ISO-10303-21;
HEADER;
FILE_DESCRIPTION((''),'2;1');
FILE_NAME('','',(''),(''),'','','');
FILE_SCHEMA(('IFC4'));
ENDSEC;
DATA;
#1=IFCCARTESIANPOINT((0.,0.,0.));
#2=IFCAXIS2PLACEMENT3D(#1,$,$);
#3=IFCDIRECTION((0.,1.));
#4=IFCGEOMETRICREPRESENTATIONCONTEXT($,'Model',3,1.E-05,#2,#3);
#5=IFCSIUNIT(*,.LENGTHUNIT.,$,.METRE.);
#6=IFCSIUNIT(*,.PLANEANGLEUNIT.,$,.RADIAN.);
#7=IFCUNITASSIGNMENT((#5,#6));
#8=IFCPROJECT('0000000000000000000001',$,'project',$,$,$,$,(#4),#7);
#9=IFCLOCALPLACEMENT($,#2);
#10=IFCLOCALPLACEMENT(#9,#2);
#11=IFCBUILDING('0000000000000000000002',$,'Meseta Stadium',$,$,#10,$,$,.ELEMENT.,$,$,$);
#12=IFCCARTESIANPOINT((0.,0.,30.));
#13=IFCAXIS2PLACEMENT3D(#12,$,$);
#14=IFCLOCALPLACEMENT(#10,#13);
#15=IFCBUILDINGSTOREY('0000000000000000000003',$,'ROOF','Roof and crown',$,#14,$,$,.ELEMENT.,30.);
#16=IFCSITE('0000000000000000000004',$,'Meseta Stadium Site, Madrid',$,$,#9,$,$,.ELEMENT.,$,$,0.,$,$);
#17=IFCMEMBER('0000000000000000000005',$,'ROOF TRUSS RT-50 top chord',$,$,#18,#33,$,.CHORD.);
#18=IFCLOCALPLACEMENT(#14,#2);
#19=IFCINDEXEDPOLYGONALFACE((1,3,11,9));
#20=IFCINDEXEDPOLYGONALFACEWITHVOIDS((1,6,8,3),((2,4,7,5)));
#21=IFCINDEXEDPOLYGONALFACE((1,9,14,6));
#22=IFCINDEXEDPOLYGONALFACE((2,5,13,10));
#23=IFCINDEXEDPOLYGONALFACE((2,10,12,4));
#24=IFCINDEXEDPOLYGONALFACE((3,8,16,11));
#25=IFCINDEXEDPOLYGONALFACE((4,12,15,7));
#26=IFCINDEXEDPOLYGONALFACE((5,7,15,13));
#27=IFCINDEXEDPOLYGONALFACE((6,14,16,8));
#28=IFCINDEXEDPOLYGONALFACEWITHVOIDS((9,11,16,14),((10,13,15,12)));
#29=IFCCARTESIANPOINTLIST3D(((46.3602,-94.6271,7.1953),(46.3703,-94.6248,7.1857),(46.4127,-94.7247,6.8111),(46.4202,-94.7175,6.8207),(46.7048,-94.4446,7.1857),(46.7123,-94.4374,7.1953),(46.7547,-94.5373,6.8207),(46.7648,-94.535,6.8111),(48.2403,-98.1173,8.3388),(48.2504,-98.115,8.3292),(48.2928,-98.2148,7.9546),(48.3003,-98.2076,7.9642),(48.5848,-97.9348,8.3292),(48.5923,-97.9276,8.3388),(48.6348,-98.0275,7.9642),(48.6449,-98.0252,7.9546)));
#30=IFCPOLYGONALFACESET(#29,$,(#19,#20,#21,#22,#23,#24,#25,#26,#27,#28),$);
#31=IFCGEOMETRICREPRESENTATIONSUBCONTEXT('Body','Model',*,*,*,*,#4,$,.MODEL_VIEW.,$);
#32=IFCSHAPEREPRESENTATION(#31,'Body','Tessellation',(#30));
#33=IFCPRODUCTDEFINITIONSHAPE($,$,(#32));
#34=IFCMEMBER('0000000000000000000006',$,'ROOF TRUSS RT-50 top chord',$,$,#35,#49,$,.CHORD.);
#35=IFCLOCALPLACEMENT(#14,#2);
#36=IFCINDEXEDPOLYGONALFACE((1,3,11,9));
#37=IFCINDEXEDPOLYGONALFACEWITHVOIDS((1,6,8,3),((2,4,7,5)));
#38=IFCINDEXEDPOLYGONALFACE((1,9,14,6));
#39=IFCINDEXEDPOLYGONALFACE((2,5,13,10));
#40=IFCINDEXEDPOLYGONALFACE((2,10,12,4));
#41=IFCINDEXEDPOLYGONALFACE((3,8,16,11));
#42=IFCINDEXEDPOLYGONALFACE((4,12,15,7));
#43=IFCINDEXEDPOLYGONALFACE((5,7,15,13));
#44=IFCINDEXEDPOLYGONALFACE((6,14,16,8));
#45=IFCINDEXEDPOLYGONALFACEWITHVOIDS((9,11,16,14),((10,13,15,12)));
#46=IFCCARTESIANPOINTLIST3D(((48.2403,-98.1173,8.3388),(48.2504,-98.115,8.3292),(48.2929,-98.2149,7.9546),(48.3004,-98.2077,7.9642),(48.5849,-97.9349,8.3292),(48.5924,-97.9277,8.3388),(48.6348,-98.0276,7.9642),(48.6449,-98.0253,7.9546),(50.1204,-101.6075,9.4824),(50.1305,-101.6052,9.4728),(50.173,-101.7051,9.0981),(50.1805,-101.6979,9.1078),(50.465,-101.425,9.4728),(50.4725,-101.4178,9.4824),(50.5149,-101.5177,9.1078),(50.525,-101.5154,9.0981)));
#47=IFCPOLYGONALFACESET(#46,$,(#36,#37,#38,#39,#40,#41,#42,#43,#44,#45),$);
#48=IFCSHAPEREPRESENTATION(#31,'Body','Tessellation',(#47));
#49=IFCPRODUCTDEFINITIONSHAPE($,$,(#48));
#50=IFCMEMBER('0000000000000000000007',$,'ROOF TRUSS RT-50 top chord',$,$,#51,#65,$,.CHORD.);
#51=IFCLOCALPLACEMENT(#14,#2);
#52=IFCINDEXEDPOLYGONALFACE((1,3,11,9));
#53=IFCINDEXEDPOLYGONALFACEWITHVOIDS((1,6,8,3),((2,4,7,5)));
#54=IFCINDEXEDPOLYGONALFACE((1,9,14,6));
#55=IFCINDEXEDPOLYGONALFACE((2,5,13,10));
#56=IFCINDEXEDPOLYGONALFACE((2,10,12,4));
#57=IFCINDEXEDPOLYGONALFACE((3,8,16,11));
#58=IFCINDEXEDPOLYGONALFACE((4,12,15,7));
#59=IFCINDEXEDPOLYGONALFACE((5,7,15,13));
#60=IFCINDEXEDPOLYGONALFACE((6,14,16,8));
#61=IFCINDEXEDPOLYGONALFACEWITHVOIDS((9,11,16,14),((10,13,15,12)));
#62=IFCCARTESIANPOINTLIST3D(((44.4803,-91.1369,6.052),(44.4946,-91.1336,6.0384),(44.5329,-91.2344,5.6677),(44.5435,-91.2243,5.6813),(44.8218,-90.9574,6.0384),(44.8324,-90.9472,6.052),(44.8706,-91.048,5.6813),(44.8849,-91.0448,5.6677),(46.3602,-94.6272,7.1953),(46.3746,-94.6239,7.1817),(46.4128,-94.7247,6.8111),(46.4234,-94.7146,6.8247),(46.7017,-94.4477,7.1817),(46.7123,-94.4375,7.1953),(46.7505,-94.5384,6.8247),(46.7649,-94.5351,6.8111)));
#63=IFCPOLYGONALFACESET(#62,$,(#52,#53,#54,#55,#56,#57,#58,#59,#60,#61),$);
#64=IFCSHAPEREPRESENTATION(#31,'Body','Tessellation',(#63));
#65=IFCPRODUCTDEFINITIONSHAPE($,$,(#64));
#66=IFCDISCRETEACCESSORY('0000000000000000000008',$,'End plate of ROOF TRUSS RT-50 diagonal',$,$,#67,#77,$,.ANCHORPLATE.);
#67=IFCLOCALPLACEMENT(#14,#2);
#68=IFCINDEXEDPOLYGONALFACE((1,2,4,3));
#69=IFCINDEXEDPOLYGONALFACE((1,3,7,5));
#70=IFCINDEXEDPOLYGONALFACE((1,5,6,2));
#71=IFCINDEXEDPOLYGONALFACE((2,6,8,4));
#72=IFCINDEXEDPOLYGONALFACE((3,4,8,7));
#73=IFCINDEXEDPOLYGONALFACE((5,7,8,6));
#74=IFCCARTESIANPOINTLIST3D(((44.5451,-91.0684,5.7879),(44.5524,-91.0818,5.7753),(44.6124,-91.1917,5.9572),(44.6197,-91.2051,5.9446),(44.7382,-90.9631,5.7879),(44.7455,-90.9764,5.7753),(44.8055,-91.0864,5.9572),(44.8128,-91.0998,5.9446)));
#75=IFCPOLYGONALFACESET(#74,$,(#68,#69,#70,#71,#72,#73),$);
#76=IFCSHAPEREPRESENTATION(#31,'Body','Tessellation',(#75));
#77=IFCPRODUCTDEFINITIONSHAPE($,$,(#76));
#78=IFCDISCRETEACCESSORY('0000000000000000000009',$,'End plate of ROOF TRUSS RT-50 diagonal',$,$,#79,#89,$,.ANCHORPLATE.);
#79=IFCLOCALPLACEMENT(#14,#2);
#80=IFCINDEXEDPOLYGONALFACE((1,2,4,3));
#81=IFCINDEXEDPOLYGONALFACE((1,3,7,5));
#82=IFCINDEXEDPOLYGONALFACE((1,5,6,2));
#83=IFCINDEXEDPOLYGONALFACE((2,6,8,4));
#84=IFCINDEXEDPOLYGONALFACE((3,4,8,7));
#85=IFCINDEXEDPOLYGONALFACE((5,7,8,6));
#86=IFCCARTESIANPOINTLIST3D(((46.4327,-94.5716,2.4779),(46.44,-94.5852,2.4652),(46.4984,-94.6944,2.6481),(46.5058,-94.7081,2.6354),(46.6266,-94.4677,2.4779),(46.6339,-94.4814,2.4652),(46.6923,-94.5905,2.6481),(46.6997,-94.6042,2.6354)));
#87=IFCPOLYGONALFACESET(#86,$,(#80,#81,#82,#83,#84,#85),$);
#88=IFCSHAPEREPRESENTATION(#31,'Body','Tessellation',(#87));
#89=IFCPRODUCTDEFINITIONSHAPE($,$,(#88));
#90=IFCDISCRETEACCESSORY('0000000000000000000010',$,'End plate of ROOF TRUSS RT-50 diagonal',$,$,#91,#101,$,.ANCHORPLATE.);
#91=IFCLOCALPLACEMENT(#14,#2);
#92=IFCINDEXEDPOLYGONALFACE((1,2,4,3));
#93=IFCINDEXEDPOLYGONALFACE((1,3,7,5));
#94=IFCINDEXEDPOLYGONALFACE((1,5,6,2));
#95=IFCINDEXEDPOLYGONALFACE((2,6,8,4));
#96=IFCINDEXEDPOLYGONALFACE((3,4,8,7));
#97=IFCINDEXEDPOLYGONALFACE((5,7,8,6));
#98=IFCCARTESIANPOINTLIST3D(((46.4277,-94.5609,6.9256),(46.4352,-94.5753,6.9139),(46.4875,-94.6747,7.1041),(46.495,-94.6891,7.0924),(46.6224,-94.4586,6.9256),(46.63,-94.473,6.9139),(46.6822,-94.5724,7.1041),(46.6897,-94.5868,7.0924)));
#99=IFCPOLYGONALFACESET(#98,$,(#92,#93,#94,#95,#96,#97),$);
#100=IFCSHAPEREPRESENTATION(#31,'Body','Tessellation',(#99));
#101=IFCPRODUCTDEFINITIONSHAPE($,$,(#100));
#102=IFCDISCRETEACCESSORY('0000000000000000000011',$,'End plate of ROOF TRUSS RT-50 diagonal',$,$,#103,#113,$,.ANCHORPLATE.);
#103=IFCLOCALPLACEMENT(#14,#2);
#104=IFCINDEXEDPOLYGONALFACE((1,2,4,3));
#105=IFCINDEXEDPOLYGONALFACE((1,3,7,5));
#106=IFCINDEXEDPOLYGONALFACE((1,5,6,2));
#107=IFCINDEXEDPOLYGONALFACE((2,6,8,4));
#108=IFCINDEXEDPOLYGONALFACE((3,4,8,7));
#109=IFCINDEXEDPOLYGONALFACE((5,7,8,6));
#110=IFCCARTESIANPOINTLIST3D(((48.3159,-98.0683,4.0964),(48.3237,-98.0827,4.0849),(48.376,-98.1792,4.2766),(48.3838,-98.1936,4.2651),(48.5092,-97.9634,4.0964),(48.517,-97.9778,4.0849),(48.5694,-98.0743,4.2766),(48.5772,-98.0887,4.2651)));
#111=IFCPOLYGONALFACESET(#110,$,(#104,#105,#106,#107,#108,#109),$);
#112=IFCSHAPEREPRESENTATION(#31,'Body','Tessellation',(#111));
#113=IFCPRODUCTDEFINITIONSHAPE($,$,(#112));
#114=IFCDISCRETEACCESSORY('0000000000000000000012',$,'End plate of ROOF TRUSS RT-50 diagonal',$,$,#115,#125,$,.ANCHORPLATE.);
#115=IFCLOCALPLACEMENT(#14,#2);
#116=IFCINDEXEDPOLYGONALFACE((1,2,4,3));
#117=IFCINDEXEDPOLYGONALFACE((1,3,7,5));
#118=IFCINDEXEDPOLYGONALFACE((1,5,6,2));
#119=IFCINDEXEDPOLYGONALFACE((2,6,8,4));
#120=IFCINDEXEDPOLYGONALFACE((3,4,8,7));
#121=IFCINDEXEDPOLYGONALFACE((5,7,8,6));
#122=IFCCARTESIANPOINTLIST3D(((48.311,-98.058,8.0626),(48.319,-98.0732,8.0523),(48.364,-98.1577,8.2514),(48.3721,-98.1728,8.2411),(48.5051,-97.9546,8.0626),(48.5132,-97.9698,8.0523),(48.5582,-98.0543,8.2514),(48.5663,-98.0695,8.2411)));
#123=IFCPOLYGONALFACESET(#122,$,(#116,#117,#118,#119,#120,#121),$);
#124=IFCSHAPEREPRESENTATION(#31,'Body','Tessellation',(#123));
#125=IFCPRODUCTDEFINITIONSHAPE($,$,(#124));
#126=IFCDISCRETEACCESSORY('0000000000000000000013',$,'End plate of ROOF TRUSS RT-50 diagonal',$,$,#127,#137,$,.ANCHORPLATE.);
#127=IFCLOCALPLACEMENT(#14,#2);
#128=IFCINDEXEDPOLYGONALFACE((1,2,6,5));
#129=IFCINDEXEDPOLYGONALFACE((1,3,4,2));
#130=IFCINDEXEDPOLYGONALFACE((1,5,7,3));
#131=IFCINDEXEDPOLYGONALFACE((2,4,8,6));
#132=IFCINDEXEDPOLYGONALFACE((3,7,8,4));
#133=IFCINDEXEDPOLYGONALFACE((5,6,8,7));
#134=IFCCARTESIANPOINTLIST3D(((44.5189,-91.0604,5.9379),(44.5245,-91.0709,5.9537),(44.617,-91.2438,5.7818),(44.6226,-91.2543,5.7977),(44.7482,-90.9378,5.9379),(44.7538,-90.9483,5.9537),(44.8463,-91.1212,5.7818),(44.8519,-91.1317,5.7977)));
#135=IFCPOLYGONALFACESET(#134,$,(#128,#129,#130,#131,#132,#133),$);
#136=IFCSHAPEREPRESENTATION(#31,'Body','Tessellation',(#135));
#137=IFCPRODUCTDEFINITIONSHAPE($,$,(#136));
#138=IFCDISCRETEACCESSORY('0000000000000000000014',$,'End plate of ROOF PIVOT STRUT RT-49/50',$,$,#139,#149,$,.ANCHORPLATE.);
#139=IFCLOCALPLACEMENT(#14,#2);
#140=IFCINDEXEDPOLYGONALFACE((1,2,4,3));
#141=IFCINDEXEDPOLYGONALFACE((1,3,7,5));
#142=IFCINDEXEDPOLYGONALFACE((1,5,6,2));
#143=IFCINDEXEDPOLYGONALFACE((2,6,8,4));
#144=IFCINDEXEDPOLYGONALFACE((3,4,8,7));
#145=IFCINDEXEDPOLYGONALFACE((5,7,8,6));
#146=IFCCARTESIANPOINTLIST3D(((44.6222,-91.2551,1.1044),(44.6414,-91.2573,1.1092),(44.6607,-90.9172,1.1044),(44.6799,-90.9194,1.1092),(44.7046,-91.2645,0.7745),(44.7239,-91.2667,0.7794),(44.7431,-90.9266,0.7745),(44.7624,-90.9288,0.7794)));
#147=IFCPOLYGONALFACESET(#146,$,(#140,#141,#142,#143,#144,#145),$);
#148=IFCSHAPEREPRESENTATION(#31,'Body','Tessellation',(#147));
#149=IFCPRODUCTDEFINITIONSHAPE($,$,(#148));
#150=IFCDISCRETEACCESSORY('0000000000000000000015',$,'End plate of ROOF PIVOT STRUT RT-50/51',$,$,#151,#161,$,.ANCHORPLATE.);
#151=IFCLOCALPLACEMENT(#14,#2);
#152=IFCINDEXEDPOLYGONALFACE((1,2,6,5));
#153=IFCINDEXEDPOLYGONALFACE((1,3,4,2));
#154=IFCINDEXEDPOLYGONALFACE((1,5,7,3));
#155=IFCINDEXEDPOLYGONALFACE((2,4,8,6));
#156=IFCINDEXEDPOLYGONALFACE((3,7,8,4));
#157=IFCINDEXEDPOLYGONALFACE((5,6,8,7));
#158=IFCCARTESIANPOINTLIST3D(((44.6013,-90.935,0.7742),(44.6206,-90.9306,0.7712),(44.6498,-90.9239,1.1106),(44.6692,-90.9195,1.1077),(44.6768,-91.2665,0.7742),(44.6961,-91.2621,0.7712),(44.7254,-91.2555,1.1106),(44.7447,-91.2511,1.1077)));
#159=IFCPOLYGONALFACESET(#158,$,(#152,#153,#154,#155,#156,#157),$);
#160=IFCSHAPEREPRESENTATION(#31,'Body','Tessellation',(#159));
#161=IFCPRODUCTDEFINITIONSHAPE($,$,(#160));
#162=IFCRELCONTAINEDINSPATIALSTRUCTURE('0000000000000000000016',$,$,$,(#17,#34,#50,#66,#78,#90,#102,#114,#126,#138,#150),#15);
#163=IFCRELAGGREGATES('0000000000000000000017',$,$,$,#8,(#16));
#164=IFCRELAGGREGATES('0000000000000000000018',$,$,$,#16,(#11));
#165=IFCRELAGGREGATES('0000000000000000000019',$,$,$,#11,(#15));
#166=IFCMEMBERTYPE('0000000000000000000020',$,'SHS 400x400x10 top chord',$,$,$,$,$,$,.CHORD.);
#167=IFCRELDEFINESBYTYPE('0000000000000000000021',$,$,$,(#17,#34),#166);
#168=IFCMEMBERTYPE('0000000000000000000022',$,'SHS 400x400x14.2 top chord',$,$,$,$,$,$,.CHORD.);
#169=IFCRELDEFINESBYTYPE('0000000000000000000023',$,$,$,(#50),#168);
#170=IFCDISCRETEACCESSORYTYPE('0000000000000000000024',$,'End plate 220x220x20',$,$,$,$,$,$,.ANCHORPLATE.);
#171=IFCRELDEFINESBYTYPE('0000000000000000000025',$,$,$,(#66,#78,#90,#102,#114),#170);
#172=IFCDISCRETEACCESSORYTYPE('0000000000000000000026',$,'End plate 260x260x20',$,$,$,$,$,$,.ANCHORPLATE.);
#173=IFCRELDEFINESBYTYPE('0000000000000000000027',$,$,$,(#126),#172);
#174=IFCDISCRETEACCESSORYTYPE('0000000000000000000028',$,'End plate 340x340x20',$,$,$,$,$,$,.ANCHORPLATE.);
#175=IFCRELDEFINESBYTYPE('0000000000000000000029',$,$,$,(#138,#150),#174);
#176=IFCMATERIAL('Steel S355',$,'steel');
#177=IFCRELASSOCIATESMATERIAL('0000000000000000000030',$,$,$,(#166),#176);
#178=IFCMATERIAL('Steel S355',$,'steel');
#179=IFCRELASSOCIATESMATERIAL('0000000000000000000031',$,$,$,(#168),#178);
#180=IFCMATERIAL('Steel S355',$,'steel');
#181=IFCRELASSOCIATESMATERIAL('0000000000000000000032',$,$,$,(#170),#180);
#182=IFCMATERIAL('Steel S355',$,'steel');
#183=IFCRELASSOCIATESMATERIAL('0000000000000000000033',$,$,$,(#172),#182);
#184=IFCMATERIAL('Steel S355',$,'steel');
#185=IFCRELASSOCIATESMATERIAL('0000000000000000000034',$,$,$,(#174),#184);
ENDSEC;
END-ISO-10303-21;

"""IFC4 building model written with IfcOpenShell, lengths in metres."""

from ifc_helpers import new_model, si_unit, direction, frame, origin, origin_2d, place, context, subcontext, project, spatial, rectangle, hollow_rectangle, extrude, material, material_profile, profile_set, type_object, element, save


model = new_model("IFC4")

# Units and contexts
model_context = context("Model", 3, precision=1e-05, world=origin(), true_north=direction((0.0, 1.0)))
body_context = subcontext(model_context, "Body", "Model", "MODEL_VIEW")
ifc_project = project(units=[si_unit("LENGTHUNIT", "METRE"), si_unit("PLANEANGLEUNIT", "RADIAN")], contexts=[model_context])

# Site, building, storey
site_placement = place(None, origin())
site = spatial("IfcSite", under=ifc_project, at=site_placement, Name="Meseta Stadium Site, Madrid", CompositionType="ELEMENT", RefElevation=0.0)
building_placement = place(site_placement, origin())
building = spatial("IfcBuilding", under=site, at=building_placement, Name="Meseta Stadium", CompositionType="ELEMENT")
storey_placement = place(building_placement, frame((0.0, 0.0, 30.0)))
storey = spatial("IfcBuildingStorey", under=building, at=storey_placement, Name="ROOF", Description="Roof and crown", CompositionType="ELEMENT", Elevation=30.0)

# Members
ifc_material_1 = material(Name="Steel S355", Category="steel")
ifc_material_profile_1 = material_profile(ifc_material_1, hollow_rectangle(XDim=0.3999, YDim=0.3999, WallThickness=0.01, at=origin_2d()), Name="SHS 400x400x10")
ifc_profile_set_1 = profile_set([ifc_material_profile_1], Name="Steel S355")
member_type_1 = type_object("IfcMemberType", Name="SHS 400x400x10 top chord", PredefinedType="CHORD", material=ifc_profile_set_1)
for number, where, z_axis, x_axis, name in (
    (1, (46.5625, -94.5811, 7.0032), (0.455672, -0.845901, 0.277154), (0.88039, 0.47425, 0.0), "ROOF TRUSS RT-50 top chord"),
    (2, (48.4426, -98.0713, 8.1467), (0.455672, -0.845901, 0.277154), (0.88039, 0.47425, 0.0), "ROOF TRUSS RT-50 top chord"),
):
    element("IfcMember", number, at=place(storey_placement, frame(where, z_axis=z_axis, x_axis=x_axis)), inside=storey, type_object=member_type_1, Name=name, PredefinedType="CHORD", context=body_context, shape_type="SweptSolid", body=[
        extrude(hollow_rectangle(XDim=0.3999, YDim=0.3999, WallThickness=0.01, at=origin_2d()), origin(), (0.0, 0.0, 1.0), 4.126),
    ])
ifc_material_2 = material(Name="Steel S355", Category="steel")
ifc_material_profile_2 = material_profile(ifc_material_2, hollow_rectangle(XDim=0.3999, YDim=0.3999, WallThickness=0.0142, at=origin_2d()), Name="SHS 400x400x14.2")
ifc_profile_set_2 = profile_set([ifc_material_profile_2], Name="Steel S355")
member_type_2 = type_object("IfcMemberType", Name="SHS 400x400x14.2 top chord", PredefinedType="CHORD", material=ifc_profile_set_2)
member_1_placement = place(storey_placement, frame((44.6826, -91.0908, 5.8599), z_axis=(0.455632, -0.845938, 0.277107), x_axis=(0.880416, 0.474203, 0.0)))
element("IfcMember", 3, at=member_1_placement, inside=storey, type_object=member_type_2, Name="ROOF TRUSS RT-50 top chord", PredefinedType="CHORD", context=body_context, shape_type="SweptSolid", body=[
    extrude(hollow_rectangle(XDim=0.3999, YDim=0.3999, WallThickness=0.0142, at=origin_2d()), origin(), (0.0, 0.0, 1.0), 4.126),
])

# Discrete accessories
ifc_material_3 = material(Name="Steel S355", Category="steel")
ifc_material_profile_3 = material_profile(ifc_material_3, rectangle(XDim=0.22, YDim=0.22, at=origin_2d()), Name="PL 220x220")
ifc_profile_set_3 = profile_set([ifc_material_profile_3], Name="Steel S355")
discrete_accessory_type_1 = type_object("IfcDiscreteAccessoryType", Name="End plate 220x220x20", PredefinedType="ANCHORPLATE", material=ifc_profile_set_3)
discrete_accessory_1_placement = place(storey_placement, frame((44.6753, -91.0774, 5.8726), z_axis=(0.368466, -0.675521, -0.638674), x_axis=(0.877896, 0.478852, 0.0)))
element("IfcDiscreteAccessory", 4, at=discrete_accessory_1_placement, inside=storey, type_object=discrete_accessory_type_1, Name="End plate of ROOF TRUSS RT-50 diagonal", PredefinedType="ANCHORPLATE", context=body_context, shape_type="SweptSolid", body=[
    extrude(rectangle(XDim=0.22, YDim=0.22, at=origin_2d()), origin(), (0.0, 0.0, 1.0), 0.0198),
])
for number, where, z_axis, x_axis, name in (
    (5, (46.5625, -94.5811, 2.563), (0.365419, -0.682116, -0.633393), (0.88148, 0.472221, 0.0), "End plate of ROOF TRUSS RT-50 diagonal"),
    (6, (46.5549, -94.5667, 7.0149), (0.377432, -0.718338, -0.584411), (0.885243, 0.465128, 0.0), "End plate of ROOF TRUSS RT-50 diagonal"),
    (7, (48.4426, -98.0713, 4.1865), (0.390534, -0.720048, -0.573597), (0.879032, 0.476763, 0.0), "End plate of ROOF TRUSS RT-50 diagonal"),
    (8, (48.4346, -98.0562, 8.157), (0.403249, -0.75762, -0.513227), (0.882747, 0.469849, 0.0), "End plate of ROOF TRUSS RT-50 diagonal"),
):
    element("IfcDiscreteAccessory", number, at=place(storey_placement, frame(where, z_axis=z_axis, x_axis=x_axis)), inside=storey, type_object=discrete_accessory_type_1, Name=name, PredefinedType="ANCHORPLATE", context=body_context, shape_type="SweptSolid", body=[
        extrude(rectangle(XDim=0.22, YDim=0.22, at=origin_2d()), origin(), (0.0, 0.0, 1.0), 0.02),
    ])
ifc_material_4 = material(Name="Steel S355", Category="steel")
ifc_material_profile_4 = material_profile(ifc_material_4, rectangle(XDim=0.26, YDim=0.26, at=origin_2d()), Name="PL 260x260")
ifc_profile_set_4 = profile_set([ifc_material_profile_4], Name="Steel S355")
discrete_accessory_type_2 = type_object("IfcDiscreteAccessoryType", Name="End plate 260x260x20", PredefinedType="ANCHORPLATE", material=ifc_profile_set_4)
discrete_accessory_2_placement = place(storey_placement, frame((44.6826, -91.0908, 5.8599), z_axis=(0.283046, -0.529173, 0.799913), x_axis=(0.881785, 0.471652, 0.0)))
element("IfcDiscreteAccessory", 9, at=discrete_accessory_2_placement, inside=storey, type_object=discrete_accessory_type_2, Name="End plate of ROOF TRUSS RT-50 diagonal", PredefinedType="ANCHORPLATE", context=body_context, shape_type="SweptSolid", body=[
    extrude(rectangle(XDim=0.26, YDim=0.26, at=origin_2d()), origin(), (0.0, 0.0, 1.0), 0.0198),
])
ifc_material_5 = material(Name="Steel S355", Category="steel")
ifc_material_profile_5 = material_profile(ifc_material_5, rectangle(XDim=0.3401, YDim=0.3401, at=origin_2d()), Name="PL 340x340")
ifc_profile_set_5 = profile_set([ifc_material_profile_5], Name="Steel S355")
discrete_accessory_type_3 = type_object("IfcDiscreteAccessoryType", Name="End plate 340x340x20", PredefinedType="ANCHORPLATE", material=ifc_profile_set_5)
for number, where, z_axis, x_axis, name in (
    (10, (44.6826, -91.0908, 0.9395), (0.963558, -0.109772, 0.243939), (0.113192, 0.993573, 0.0), "End plate of ROOF PIVOT STRUT RT-49/50"),
    (11, (44.6633, -91.0952, 0.9424), (0.964491, 0.219757, -0.146505), (-0.222155, 0.975011, 0.0), "End plate of ROOF PIVOT STRUT RT-50/51"),
):
    element("IfcDiscreteAccessory", number, at=place(storey_placement, frame(where, z_axis=z_axis, x_axis=x_axis)), inside=storey, type_object=discrete_accessory_type_3, Name=name, PredefinedType="ANCHORPLATE", context=body_context, shape_type="SweptSolid", body=[
        extrude(rectangle(XDim=0.3401, YDim=0.3401, at=origin_2d()), origin(), (0.0, 0.0, 1.0), 0.02),
    ])

save(model, "model.ifc")
